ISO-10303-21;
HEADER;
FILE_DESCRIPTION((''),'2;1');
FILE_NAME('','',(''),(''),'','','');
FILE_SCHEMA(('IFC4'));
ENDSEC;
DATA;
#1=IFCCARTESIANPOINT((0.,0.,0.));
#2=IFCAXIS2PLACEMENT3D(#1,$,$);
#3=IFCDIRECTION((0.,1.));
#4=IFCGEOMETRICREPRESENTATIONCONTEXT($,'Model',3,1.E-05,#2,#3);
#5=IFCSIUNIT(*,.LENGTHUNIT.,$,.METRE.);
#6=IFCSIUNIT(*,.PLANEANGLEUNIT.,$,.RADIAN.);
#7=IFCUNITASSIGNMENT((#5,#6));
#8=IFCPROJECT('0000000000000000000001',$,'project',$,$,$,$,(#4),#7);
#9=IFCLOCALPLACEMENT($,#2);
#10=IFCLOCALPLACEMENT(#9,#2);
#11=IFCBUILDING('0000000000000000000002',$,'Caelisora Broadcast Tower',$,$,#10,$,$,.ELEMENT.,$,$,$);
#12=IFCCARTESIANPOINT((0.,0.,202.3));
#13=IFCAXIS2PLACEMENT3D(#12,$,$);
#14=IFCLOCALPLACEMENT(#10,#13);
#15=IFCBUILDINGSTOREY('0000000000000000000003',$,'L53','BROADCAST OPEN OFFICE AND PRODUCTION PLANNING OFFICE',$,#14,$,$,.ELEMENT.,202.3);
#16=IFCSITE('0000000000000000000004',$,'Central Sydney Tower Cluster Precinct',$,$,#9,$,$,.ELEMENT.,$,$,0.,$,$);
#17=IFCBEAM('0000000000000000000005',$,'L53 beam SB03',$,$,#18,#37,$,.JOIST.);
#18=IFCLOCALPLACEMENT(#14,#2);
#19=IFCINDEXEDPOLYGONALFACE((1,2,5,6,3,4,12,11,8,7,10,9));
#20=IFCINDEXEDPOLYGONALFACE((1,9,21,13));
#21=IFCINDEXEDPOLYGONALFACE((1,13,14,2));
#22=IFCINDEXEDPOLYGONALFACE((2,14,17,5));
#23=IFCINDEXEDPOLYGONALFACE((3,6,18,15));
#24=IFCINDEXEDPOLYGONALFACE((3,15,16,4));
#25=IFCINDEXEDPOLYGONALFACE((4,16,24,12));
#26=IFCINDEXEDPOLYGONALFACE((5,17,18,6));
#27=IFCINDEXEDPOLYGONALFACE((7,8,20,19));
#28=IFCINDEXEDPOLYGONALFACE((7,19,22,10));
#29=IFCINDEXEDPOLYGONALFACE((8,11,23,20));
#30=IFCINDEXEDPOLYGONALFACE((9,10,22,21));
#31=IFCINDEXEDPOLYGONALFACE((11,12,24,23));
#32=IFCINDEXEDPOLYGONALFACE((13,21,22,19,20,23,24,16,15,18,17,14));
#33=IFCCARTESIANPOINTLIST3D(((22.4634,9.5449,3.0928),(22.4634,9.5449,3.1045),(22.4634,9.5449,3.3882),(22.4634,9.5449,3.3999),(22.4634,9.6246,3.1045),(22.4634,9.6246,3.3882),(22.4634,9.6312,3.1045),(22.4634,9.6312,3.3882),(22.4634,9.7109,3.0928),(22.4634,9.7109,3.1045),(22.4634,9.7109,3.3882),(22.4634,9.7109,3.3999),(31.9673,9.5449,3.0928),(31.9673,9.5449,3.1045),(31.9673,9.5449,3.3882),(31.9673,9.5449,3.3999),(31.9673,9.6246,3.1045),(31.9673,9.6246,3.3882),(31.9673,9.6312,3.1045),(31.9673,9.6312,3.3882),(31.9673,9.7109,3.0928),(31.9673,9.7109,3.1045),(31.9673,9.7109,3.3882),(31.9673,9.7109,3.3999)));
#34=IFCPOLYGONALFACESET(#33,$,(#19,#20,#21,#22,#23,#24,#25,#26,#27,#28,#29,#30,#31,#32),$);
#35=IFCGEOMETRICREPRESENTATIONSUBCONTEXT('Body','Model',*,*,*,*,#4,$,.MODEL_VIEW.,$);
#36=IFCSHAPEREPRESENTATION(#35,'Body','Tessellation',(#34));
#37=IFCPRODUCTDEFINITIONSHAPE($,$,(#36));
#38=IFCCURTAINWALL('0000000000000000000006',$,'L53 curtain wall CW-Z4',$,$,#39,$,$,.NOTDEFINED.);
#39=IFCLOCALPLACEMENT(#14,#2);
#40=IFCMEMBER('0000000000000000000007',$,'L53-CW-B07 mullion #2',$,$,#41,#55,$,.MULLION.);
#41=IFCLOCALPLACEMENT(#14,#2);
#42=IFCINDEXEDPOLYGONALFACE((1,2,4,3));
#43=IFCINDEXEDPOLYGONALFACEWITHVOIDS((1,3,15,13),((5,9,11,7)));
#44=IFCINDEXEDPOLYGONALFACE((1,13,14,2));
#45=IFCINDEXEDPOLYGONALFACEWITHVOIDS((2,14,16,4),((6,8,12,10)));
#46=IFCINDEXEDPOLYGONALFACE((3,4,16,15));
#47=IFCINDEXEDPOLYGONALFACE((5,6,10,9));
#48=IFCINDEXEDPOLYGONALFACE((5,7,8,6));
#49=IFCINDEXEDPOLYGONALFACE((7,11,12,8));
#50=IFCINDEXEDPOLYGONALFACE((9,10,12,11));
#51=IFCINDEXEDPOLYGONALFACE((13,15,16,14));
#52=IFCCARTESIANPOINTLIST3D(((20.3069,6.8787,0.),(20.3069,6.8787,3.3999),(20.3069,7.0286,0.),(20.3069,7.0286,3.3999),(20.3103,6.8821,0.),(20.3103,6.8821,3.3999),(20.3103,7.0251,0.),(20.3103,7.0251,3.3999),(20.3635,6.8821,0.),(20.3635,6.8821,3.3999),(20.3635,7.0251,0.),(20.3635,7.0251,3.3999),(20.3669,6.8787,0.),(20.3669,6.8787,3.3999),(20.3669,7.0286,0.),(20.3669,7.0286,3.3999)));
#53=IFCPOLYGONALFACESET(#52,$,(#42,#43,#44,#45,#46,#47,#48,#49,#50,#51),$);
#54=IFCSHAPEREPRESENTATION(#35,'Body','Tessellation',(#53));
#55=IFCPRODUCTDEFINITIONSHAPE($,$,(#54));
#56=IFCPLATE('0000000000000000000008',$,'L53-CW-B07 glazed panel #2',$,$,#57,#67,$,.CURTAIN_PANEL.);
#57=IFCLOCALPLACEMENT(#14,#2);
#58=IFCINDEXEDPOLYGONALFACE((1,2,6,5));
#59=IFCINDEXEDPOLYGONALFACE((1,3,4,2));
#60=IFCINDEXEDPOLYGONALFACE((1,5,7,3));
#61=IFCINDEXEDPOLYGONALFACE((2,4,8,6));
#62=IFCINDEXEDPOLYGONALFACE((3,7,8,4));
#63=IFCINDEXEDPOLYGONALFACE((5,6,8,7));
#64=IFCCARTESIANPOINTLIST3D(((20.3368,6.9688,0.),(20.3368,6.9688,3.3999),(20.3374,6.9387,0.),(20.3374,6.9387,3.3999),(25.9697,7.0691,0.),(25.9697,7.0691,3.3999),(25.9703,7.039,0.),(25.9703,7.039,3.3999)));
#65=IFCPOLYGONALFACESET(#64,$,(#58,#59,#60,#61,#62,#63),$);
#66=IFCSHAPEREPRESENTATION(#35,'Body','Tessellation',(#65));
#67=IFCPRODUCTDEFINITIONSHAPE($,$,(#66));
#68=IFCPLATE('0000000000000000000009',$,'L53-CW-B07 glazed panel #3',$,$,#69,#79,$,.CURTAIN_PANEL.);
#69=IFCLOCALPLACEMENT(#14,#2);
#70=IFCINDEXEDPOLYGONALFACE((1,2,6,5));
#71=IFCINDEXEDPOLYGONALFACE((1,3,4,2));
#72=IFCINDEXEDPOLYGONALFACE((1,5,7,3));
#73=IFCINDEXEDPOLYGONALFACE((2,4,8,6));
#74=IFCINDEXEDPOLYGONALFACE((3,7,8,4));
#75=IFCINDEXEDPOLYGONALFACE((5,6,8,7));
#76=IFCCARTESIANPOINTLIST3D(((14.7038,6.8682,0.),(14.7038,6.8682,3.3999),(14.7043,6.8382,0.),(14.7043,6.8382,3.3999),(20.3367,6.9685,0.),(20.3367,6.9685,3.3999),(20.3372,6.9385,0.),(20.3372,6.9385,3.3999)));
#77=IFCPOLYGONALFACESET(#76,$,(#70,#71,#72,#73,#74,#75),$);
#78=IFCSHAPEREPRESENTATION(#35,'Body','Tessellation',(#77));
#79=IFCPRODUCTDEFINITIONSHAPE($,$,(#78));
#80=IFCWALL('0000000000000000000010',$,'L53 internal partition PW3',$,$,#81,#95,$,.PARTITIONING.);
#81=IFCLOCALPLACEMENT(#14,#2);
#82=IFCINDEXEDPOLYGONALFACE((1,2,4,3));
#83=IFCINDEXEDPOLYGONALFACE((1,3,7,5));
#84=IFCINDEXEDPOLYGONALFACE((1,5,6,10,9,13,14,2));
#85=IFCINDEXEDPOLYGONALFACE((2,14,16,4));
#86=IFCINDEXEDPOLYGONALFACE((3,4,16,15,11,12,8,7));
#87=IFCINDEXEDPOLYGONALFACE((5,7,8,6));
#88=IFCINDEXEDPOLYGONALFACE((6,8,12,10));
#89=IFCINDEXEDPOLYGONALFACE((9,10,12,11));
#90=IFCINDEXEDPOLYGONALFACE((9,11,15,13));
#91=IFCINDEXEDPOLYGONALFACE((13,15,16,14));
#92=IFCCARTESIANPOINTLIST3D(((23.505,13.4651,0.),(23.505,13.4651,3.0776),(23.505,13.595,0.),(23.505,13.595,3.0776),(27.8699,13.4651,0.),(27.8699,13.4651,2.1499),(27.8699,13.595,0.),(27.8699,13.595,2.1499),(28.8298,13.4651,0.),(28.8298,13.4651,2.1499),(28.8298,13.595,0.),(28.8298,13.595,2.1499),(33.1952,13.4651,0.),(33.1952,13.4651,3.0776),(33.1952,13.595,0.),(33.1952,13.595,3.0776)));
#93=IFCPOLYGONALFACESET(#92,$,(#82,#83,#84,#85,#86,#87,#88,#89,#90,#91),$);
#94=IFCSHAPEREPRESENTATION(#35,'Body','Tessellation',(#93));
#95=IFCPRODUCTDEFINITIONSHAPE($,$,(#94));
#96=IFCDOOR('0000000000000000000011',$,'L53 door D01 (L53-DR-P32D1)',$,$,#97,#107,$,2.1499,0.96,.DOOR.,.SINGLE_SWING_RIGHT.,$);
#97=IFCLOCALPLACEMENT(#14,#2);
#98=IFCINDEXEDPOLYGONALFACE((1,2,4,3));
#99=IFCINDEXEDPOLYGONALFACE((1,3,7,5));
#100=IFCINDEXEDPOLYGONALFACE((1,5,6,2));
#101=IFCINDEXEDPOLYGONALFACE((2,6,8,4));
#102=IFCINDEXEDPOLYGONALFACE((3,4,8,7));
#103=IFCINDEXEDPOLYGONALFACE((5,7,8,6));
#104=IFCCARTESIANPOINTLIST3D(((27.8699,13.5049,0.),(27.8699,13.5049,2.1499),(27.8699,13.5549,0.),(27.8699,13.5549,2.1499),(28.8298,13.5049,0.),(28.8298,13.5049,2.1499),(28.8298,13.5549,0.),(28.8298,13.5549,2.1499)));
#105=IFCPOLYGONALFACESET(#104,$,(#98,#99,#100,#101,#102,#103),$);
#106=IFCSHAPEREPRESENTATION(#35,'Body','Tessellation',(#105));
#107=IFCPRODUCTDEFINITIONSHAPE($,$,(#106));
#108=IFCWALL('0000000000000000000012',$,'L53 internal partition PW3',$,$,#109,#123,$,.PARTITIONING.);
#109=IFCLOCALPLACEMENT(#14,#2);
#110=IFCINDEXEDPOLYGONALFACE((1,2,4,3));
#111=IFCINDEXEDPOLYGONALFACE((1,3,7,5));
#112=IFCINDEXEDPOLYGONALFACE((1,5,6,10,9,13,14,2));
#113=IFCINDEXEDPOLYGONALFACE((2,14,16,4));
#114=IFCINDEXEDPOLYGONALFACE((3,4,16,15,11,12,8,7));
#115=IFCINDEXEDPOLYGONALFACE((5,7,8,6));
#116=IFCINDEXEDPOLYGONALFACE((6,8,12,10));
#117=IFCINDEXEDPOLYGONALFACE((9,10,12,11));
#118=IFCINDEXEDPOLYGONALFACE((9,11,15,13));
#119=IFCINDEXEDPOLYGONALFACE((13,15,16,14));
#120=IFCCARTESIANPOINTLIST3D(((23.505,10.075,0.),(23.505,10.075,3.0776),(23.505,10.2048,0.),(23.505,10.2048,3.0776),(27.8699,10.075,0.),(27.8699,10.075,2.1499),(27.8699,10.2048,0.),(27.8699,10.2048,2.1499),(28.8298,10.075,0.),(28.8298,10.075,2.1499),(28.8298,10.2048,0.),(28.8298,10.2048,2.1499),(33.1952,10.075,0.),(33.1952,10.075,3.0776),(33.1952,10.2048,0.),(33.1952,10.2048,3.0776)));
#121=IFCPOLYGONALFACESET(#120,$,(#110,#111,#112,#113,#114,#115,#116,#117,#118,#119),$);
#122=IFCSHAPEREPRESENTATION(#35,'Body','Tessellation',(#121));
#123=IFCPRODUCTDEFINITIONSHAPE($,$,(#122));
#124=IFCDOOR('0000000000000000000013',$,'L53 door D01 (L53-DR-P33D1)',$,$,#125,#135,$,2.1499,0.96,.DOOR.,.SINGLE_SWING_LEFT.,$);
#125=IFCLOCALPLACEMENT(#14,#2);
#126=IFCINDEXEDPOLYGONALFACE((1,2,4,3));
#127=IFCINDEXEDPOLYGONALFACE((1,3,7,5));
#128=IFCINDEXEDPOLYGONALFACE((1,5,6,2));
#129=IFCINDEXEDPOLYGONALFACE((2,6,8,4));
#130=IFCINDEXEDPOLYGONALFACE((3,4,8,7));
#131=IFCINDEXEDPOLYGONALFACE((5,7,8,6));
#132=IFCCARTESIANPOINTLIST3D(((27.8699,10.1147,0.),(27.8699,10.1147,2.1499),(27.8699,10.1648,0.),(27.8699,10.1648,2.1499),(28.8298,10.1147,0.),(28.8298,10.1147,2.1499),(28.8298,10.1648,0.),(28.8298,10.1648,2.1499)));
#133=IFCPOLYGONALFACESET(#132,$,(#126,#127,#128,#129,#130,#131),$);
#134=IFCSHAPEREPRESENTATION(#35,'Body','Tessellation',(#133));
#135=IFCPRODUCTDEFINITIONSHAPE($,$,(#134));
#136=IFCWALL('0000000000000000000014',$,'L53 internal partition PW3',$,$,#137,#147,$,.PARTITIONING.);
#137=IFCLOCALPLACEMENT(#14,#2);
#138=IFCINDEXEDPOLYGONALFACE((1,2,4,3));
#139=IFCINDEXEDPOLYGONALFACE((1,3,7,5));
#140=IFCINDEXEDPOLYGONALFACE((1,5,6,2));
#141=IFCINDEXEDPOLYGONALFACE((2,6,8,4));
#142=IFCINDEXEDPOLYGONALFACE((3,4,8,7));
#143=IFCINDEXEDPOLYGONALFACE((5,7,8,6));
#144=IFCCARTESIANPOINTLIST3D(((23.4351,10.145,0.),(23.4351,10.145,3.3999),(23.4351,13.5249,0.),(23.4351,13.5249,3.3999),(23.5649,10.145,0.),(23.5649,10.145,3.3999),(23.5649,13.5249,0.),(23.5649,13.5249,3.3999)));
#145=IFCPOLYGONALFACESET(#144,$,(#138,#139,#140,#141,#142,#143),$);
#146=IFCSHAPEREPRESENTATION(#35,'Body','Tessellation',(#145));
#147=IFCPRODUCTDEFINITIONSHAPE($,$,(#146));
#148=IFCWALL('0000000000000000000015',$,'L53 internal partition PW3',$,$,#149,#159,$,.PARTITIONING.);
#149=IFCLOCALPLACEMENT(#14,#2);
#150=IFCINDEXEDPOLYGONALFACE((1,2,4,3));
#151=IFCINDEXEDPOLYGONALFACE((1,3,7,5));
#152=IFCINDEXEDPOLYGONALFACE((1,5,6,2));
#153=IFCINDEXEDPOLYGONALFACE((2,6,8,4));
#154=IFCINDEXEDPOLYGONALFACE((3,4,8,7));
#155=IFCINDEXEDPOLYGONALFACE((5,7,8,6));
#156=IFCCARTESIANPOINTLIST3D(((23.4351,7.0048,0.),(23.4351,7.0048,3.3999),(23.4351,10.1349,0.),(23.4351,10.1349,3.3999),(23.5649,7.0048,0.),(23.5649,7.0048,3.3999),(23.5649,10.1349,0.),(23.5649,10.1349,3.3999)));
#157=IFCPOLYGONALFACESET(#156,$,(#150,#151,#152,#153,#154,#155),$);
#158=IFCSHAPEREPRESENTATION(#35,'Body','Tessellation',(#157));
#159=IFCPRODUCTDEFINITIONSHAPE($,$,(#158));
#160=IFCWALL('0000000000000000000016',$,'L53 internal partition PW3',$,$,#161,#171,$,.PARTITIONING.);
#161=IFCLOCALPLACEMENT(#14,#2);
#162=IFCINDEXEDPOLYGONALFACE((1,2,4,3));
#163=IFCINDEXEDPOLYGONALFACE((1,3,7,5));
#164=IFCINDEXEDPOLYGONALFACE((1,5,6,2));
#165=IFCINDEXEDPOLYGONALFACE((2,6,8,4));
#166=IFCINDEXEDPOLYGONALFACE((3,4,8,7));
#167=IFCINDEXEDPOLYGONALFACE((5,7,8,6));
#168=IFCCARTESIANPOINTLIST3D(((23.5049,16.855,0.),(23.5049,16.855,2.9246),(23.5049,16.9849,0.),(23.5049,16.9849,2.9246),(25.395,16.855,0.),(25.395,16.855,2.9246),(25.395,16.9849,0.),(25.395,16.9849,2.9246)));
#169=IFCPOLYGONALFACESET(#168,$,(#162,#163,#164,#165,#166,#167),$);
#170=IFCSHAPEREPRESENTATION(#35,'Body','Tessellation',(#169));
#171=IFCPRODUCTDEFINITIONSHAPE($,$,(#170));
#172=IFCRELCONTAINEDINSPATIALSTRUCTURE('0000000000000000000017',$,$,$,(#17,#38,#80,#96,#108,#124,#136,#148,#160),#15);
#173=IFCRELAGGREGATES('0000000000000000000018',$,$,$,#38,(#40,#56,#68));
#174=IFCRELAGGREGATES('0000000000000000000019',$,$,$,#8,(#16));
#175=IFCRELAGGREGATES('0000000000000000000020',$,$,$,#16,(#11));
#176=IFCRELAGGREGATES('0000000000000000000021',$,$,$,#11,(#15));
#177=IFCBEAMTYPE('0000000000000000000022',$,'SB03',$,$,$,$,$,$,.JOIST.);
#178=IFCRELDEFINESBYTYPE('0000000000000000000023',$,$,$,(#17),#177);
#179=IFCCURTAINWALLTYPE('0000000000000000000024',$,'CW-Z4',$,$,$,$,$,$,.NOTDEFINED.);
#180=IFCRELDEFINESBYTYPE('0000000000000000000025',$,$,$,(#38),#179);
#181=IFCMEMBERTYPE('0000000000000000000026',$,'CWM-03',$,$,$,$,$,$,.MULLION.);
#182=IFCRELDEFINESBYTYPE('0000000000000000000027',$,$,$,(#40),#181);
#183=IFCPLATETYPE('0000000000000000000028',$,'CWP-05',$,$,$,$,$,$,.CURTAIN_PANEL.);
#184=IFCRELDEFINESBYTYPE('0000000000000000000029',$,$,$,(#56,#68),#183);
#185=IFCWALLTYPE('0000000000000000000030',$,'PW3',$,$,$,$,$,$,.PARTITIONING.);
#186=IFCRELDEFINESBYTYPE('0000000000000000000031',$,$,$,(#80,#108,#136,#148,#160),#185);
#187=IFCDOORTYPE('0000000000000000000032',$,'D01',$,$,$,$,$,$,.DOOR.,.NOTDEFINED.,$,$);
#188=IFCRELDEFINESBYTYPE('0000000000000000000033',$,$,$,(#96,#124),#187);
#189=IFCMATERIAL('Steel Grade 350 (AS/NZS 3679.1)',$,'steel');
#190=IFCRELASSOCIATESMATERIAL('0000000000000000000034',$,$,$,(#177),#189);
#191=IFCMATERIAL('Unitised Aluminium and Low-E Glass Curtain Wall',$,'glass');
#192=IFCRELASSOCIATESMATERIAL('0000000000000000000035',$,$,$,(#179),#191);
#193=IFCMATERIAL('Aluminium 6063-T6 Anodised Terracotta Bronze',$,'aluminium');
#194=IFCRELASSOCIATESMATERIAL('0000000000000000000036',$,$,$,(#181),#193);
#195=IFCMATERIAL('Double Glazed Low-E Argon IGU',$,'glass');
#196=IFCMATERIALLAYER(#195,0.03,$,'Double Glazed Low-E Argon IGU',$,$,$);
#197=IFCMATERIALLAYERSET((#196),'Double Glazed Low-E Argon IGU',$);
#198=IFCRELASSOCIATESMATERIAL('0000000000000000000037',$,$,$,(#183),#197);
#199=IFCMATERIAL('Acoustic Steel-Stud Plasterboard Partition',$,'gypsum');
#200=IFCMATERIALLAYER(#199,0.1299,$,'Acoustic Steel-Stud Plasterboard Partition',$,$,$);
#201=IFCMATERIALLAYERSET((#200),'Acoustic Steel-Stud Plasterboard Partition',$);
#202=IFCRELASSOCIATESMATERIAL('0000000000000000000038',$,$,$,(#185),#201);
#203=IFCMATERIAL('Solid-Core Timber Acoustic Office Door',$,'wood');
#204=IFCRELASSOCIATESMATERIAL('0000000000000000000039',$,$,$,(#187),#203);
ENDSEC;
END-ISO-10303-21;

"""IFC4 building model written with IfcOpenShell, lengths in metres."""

from ifc_helpers import new_model, si_unit, direction, frame, frame_2d, origin, origin_2d, place, context, subcontext, project, spatial, rectangle, hollow_rectangle, i_section, extrude, source, transform, mapped, material, layer, layer_set, material_profile, profile_set, type_object, type_shapes, element, fill, aggregate, save


model = new_model("IFC4")

# Units and contexts
model_context = context("Model", 3, precision=1e-05, world=origin(), true_north=direction((0.0, 1.0)))
body_context = subcontext(model_context, "Body", "Model", "MODEL_VIEW")
ifc_project = project(units=[si_unit("LENGTHUNIT", "METRE"), si_unit("PLANEANGLEUNIT", "RADIAN")], contexts=[model_context])

# Site, building, storey
site_placement = place(None, origin())
site = spatial("IfcSite", under=ifc_project, at=site_placement, Name="Central Sydney Tower Cluster Precinct", CompositionType="ELEMENT", RefElevation=0.0)
building_placement = place(site_placement, origin())
building = spatial("IfcBuilding", under=site, at=building_placement, Name="Caelisora Broadcast Tower", CompositionType="ELEMENT")
storey_placement = place(building_placement, frame((0.0, 0.0, 202.3)))
storey = spatial("IfcBuildingStorey", under=building, at=storey_placement, Name="L53", Description="BROADCAST OPEN OFFICE AND PRODUCTION PLANNING OFFICE", CompositionType="ELEMENT", Elevation=202.3)

# Beam
ifc_material_1 = material(Name="Steel Grade 350 (AS/NZS 3679.1)", Category="steel")
ifc_material_profile_1 = material_profile(ifc_material_1, i_section(OverallWidth=0.166, OverallDepth=0.3071, WebThickness=0.0066, FlangeThickness=0.0117, at=origin_2d()), Name="Steel Grade 350 (AS/NZS 3679.1)")
ifc_profile_set_1 = profile_set([ifc_material_profile_1], Name="Steel Grade 350 (AS/NZS 3679.1)")
beam_type_1 = type_object("IfcBeamType", Name="SB03", PredefinedType="JOIST", material=ifc_profile_set_1)
shared_shape_1 = source(origin(), body_context, "Body", "SweptSolid", [
    extrude(i_section(OverallWidth=0.166, OverallDepth=0.3071, WebThickness=0.0066, FlangeThickness=0.0117, at=origin_2d()), origin(), (0.0, 0.0, 1.0), 9.5039),
])
beam_1_placement = place(storey_placement, frame((22.4634, 9.6279, 3.2463), z_axis=(1.0, 0.0, 0.0), x_axis=(0.0, 1.0, 0.0)))
element("IfcBeam", 1, at=beam_1_placement, inside=storey, type_object=beam_type_1, Name="L53 beam SB03", PredefinedType="JOIST", context=body_context, shape_type="MappedRepresentation", body=[
    mapped(shared_shape_1, transform((0.0, 0.0, 0.0), scale=1.0)),
])

# Curtain wall, member, plates
ifc_material_2 = material(Name="Unitised Aluminium and Low-E Glass Curtain Wall", Category="glass")
curtain_wall_type = type_object("IfcCurtainWallType", Name="CW-Z4", PredefinedType="NOTDEFINED", material=ifc_material_2)
curtain_wall_placement = place(storey_placement, origin())
curtain_wall = element("IfcCurtainWall", 2, at=curtain_wall_placement, inside=storey, type_object=curtain_wall_type, Name="L53 curtain wall CW-Z4", PredefinedType="NOTDEFINED")
ifc_material_3 = material(Name="Aluminium 6063-T6 Anodised Terracotta Bronze", Category="aluminium")
ifc_material_profile_2 = material_profile(ifc_material_3, hollow_rectangle(XDim=0.0601, YDim=0.1499, WallThickness=0.0034, at=origin_2d()), Name="Aluminium 6063-T6 Anodised Terracotta Bronze")
ifc_profile_set_2 = profile_set([ifc_material_profile_2], Name="Aluminium 6063-T6 Anodised Terracotta Bronze")
member_type = type_object("IfcMemberType", Name="CWM-03", PredefinedType="MULLION", material=ifc_profile_set_2)
shared_shape_2 = source(origin(), body_context, "Body", "SweptSolid", [
    extrude(hollow_rectangle(XDim=0.0601, YDim=0.1499, WallThickness=0.0034, at=origin_2d()), origin(), (0.0, 0.0, 1.0), 3.3999),
])
type_shapes(member_type, [shared_shape_2])
member_placement = place(storey_placement, frame((20.3369, 6.9536, 0.0), z_axis=(0.0, 0.0, 1.0), x_axis=(1.0, 0.0, 0.0)))
member = element("IfcMember", 3, at=member_placement, type_object=member_type, Name="L53-CW-B07 mullion #2", PredefinedType="MULLION", context=body_context, shape_type="MappedRepresentation", body=[
    mapped(shared_shape_2, transform((0.0, 0.0, 0.0), scale=1.0)),
])
ifc_material_4 = material(Name="Double Glazed Low-E Argon IGU", Category="glass")
ifc_layer_1 = layer(ifc_material_4, 0.03, Name="Double Glazed Low-E Argon IGU")
ifc_layer_set_1 = layer_set([ifc_layer_1], Name="Double Glazed Low-E Argon IGU")
plate_type = type_object("IfcPlateType", Name="CWP-05", PredefinedType="CURTAIN_PANEL", material=ifc_layer_set_1)
shared_shape_3 = source(origin(), body_context, "Body", "SweptSolid", [
    extrude(rectangle(XDim=5.6338, YDim=0.03, at=origin_2d()), origin(), (0.0, 0.0, 1.0), 3.3999),
])
type_shapes(plate_type, [shared_shape_3])
plate_1_placement = place(storey_placement, frame((23.1536, 7.0039, 0.0), z_axis=(0.0, 0.0, 1.0), x_axis=(-0.999842, -0.017801, 0.0)))
plate_1 = element("IfcPlate", 4, at=plate_1_placement, type_object=plate_type, Name="L53-CW-B07 glazed panel #2", PredefinedType="CURTAIN_PANEL", context=body_context, shape_type="MappedRepresentation", body=[
    mapped(shared_shape_3, transform((0.0, 0.0, 0.0), scale=1.0)),
])
plate_2_placement = place(storey_placement, frame((17.5205, 6.9033, 0.0), z_axis=(0.0, 0.0, 1.0), x_axis=(-0.999842, -0.017801, 0.0)))
plate_2 = element("IfcPlate", 5, at=plate_2_placement, type_object=plate_type, Name="L53-CW-B07 glazed panel #3", PredefinedType="CURTAIN_PANEL", context=body_context, shape_type="MappedRepresentation", body=[
    mapped(shared_shape_3, transform((0.0, 0.0, 0.0), scale=1.0)),
])
aggregate(curtain_wall, [member, plate_1, plate_2])

# Walls, openings, doors
ifc_material_5 = material(Name="Acoustic Steel-Stud Plasterboard Partition", Category="gypsum")
ifc_layer_2 = layer(ifc_material_5, 0.1299, Name="Acoustic Steel-Stud Plasterboard Partition")
ifc_layer_set_2 = layer_set([ifc_layer_2], Name="Acoustic Steel-Stud Plasterboard Partition")
wall_type = type_object("IfcWallType", Name="PW3", PredefinedType="PARTITIONING", material=ifc_layer_set_2)
wall_1_placement = place(storey_placement, frame((23.5049, 13.53, 0.0), z_axis=(0.0, 0.0, 1.0), x_axis=(1.0, 0.0, 0.0)))
wall_1 = element("IfcWall", 6, at=wall_1_placement, inside=storey, type_object=wall_type, Name="L53 internal partition PW3", PredefinedType="PARTITIONING", context=body_context, shape_type="SweptSolid", body=[
    extrude(rectangle(XDim=9.6902, YDim=0.1299, at=frame_2d((4.8452, 0.0))), origin(), (0.0, 0.0, 1.0), 3.0776),
])
opening_1_placement = place(wall_1_placement, frame((4.365, 0.0, 0.0)))
opening_1 = element("IfcOpeningElement", 7, at=opening_1_placement, cuts=wall_1, PredefinedType="OPENING", context=body_context, shape_type="SweptSolid", body=[
    extrude(rectangle(XDim=0.96, YDim=2.1499, at=frame_2d((0.48, 1.075))), frame((0.0, 0.0769, 0.0), z_axis=(0.0, -1.0, 0.0), x_axis=(1.0, 0.0, 0.0)), (0.0, 0.0, 1.0), 0.1538),
])
ifc_material_6 = material(Name="Solid-Core Timber Acoustic Office Door", Category="wood")
door_type = type_object("IfcDoorType", Name="D01", OperationType="NOTDEFINED", PredefinedType="DOOR", material=ifc_material_6)
door_1_placement = place(opening_1_placement, origin())
door_1 = element("IfcDoor", 8, at=door_1_placement, inside=storey, type_object=door_type, Name="L53 door D01 (L53-DR-P32D1)", OperationType="SINGLE_SWING_RIGHT", OverallHeight=2.1499, OverallWidth=0.96, PredefinedType="DOOR", context=body_context, shape_type="SweptSolid", body=[
    extrude(rectangle(XDim=0.96, YDim=2.1499, at=frame_2d((0.48, 1.075))), frame((0.0, 0.0249, 0.0), z_axis=(0.0, -1.0, 0.0), x_axis=(1.0, 0.0, 0.0)), (0.0, 0.0, 1.0), 0.05),
])
fill(opening_1, door_1)
wall_2_placement = place(storey_placement, frame((23.5049, 10.1399, 0.0), z_axis=(0.0, 0.0, 1.0), x_axis=(1.0, 0.0, 0.0)))
wall_2 = element("IfcWall", 9, at=wall_2_placement, inside=storey, type_object=wall_type, Name="L53 internal partition PW3", PredefinedType="PARTITIONING", context=body_context, shape_type="SweptSolid", body=[
    extrude(rectangle(XDim=9.6902, YDim=0.1299, at=frame_2d((4.8452, 0.0))), origin(), (0.0, 0.0, 1.0), 3.0776),
])
opening_2_placement = place(wall_2_placement, frame((4.365, 0.0, 0.0)))
opening_2 = element("IfcOpeningElement", 10, at=opening_2_placement, cuts=wall_2, PredefinedType="OPENING", context=body_context, shape_type="SweptSolid", body=[
    extrude(rectangle(XDim=0.96, YDim=2.1499, at=frame_2d((0.48, 1.075))), frame((0.0, 0.0769, 0.0), z_axis=(0.0, -1.0, 0.0), x_axis=(1.0, 0.0, 0.0)), (0.0, 0.0, 1.0), 0.1538),
])
door_2_placement = place(opening_2_placement, origin())
door_2 = element("IfcDoor", 11, at=door_2_placement, inside=storey, type_object=door_type, Name="L53 door D01 (L53-DR-P33D1)", OperationType="SINGLE_SWING_LEFT", OverallHeight=2.1499, OverallWidth=0.96, PredefinedType="DOOR", context=body_context, shape_type="SweptSolid", body=[
    extrude(rectangle(XDim=0.96, YDim=2.1499, at=frame_2d((0.48, 1.075))), frame((0.0, 0.0249, 0.0), z_axis=(0.0, -1.0, 0.0), x_axis=(1.0, 0.0, 0.0)), (0.0, 0.0, 1.0), 0.05),
])
fill(opening_2, door_2)

# Wall
wall_3_placement = place(storey_placement, frame((23.5, 10.145, 0.0), z_axis=(0.0, 0.0, 1.0), x_axis=(0.0, 1.0, 0.0)))
element("IfcWall", 12, at=wall_3_placement, inside=storey, type_object=wall_type, Name="L53 internal partition PW3", PredefinedType="PARTITIONING", context=body_context, shape_type="SweptSolid", body=[
    extrude(rectangle(XDim=3.3799, YDim=0.1299, at=frame_2d((1.6899, 0.0))), origin(), (0.0, 0.0, 1.0), 3.3999),
])

# Wall
wall_4_placement = place(storey_placement, frame((23.5, 7.0049, 0.0), z_axis=(0.0, 0.0, 1.0), x_axis=(0.0, 1.0, 0.0)))
element("IfcWall", 13, at=wall_4_placement, inside=storey, type_object=wall_type, Name="L53 internal partition PW3", PredefinedType="PARTITIONING", context=body_context, shape_type="SweptSolid", body=[
    extrude(rectangle(XDim=3.1301, YDim=0.1299, at=frame_2d((1.5649, 0.0))), origin(), (0.0, 0.0, 1.0), 3.3999),
])

# Wall
wall_5_placement = place(storey_placement, frame((23.5049, 16.9199, 0.0), z_axis=(0.0, 0.0, 1.0), x_axis=(1.0, 0.0, 0.0)))
element("IfcWall", 14, at=wall_5_placement, inside=storey, type_object=wall_type, Name="L53 internal partition PW3", PredefinedType="PARTITIONING", context=body_context, shape_type="SweptSolid", body=[
    extrude(rectangle(XDim=1.8901, YDim=0.1299, at=frame_2d((0.9451, 0.0))), origin(), (0.0, 0.0, 1.0), 2.9246),
])

save(model, "model.ifc")
